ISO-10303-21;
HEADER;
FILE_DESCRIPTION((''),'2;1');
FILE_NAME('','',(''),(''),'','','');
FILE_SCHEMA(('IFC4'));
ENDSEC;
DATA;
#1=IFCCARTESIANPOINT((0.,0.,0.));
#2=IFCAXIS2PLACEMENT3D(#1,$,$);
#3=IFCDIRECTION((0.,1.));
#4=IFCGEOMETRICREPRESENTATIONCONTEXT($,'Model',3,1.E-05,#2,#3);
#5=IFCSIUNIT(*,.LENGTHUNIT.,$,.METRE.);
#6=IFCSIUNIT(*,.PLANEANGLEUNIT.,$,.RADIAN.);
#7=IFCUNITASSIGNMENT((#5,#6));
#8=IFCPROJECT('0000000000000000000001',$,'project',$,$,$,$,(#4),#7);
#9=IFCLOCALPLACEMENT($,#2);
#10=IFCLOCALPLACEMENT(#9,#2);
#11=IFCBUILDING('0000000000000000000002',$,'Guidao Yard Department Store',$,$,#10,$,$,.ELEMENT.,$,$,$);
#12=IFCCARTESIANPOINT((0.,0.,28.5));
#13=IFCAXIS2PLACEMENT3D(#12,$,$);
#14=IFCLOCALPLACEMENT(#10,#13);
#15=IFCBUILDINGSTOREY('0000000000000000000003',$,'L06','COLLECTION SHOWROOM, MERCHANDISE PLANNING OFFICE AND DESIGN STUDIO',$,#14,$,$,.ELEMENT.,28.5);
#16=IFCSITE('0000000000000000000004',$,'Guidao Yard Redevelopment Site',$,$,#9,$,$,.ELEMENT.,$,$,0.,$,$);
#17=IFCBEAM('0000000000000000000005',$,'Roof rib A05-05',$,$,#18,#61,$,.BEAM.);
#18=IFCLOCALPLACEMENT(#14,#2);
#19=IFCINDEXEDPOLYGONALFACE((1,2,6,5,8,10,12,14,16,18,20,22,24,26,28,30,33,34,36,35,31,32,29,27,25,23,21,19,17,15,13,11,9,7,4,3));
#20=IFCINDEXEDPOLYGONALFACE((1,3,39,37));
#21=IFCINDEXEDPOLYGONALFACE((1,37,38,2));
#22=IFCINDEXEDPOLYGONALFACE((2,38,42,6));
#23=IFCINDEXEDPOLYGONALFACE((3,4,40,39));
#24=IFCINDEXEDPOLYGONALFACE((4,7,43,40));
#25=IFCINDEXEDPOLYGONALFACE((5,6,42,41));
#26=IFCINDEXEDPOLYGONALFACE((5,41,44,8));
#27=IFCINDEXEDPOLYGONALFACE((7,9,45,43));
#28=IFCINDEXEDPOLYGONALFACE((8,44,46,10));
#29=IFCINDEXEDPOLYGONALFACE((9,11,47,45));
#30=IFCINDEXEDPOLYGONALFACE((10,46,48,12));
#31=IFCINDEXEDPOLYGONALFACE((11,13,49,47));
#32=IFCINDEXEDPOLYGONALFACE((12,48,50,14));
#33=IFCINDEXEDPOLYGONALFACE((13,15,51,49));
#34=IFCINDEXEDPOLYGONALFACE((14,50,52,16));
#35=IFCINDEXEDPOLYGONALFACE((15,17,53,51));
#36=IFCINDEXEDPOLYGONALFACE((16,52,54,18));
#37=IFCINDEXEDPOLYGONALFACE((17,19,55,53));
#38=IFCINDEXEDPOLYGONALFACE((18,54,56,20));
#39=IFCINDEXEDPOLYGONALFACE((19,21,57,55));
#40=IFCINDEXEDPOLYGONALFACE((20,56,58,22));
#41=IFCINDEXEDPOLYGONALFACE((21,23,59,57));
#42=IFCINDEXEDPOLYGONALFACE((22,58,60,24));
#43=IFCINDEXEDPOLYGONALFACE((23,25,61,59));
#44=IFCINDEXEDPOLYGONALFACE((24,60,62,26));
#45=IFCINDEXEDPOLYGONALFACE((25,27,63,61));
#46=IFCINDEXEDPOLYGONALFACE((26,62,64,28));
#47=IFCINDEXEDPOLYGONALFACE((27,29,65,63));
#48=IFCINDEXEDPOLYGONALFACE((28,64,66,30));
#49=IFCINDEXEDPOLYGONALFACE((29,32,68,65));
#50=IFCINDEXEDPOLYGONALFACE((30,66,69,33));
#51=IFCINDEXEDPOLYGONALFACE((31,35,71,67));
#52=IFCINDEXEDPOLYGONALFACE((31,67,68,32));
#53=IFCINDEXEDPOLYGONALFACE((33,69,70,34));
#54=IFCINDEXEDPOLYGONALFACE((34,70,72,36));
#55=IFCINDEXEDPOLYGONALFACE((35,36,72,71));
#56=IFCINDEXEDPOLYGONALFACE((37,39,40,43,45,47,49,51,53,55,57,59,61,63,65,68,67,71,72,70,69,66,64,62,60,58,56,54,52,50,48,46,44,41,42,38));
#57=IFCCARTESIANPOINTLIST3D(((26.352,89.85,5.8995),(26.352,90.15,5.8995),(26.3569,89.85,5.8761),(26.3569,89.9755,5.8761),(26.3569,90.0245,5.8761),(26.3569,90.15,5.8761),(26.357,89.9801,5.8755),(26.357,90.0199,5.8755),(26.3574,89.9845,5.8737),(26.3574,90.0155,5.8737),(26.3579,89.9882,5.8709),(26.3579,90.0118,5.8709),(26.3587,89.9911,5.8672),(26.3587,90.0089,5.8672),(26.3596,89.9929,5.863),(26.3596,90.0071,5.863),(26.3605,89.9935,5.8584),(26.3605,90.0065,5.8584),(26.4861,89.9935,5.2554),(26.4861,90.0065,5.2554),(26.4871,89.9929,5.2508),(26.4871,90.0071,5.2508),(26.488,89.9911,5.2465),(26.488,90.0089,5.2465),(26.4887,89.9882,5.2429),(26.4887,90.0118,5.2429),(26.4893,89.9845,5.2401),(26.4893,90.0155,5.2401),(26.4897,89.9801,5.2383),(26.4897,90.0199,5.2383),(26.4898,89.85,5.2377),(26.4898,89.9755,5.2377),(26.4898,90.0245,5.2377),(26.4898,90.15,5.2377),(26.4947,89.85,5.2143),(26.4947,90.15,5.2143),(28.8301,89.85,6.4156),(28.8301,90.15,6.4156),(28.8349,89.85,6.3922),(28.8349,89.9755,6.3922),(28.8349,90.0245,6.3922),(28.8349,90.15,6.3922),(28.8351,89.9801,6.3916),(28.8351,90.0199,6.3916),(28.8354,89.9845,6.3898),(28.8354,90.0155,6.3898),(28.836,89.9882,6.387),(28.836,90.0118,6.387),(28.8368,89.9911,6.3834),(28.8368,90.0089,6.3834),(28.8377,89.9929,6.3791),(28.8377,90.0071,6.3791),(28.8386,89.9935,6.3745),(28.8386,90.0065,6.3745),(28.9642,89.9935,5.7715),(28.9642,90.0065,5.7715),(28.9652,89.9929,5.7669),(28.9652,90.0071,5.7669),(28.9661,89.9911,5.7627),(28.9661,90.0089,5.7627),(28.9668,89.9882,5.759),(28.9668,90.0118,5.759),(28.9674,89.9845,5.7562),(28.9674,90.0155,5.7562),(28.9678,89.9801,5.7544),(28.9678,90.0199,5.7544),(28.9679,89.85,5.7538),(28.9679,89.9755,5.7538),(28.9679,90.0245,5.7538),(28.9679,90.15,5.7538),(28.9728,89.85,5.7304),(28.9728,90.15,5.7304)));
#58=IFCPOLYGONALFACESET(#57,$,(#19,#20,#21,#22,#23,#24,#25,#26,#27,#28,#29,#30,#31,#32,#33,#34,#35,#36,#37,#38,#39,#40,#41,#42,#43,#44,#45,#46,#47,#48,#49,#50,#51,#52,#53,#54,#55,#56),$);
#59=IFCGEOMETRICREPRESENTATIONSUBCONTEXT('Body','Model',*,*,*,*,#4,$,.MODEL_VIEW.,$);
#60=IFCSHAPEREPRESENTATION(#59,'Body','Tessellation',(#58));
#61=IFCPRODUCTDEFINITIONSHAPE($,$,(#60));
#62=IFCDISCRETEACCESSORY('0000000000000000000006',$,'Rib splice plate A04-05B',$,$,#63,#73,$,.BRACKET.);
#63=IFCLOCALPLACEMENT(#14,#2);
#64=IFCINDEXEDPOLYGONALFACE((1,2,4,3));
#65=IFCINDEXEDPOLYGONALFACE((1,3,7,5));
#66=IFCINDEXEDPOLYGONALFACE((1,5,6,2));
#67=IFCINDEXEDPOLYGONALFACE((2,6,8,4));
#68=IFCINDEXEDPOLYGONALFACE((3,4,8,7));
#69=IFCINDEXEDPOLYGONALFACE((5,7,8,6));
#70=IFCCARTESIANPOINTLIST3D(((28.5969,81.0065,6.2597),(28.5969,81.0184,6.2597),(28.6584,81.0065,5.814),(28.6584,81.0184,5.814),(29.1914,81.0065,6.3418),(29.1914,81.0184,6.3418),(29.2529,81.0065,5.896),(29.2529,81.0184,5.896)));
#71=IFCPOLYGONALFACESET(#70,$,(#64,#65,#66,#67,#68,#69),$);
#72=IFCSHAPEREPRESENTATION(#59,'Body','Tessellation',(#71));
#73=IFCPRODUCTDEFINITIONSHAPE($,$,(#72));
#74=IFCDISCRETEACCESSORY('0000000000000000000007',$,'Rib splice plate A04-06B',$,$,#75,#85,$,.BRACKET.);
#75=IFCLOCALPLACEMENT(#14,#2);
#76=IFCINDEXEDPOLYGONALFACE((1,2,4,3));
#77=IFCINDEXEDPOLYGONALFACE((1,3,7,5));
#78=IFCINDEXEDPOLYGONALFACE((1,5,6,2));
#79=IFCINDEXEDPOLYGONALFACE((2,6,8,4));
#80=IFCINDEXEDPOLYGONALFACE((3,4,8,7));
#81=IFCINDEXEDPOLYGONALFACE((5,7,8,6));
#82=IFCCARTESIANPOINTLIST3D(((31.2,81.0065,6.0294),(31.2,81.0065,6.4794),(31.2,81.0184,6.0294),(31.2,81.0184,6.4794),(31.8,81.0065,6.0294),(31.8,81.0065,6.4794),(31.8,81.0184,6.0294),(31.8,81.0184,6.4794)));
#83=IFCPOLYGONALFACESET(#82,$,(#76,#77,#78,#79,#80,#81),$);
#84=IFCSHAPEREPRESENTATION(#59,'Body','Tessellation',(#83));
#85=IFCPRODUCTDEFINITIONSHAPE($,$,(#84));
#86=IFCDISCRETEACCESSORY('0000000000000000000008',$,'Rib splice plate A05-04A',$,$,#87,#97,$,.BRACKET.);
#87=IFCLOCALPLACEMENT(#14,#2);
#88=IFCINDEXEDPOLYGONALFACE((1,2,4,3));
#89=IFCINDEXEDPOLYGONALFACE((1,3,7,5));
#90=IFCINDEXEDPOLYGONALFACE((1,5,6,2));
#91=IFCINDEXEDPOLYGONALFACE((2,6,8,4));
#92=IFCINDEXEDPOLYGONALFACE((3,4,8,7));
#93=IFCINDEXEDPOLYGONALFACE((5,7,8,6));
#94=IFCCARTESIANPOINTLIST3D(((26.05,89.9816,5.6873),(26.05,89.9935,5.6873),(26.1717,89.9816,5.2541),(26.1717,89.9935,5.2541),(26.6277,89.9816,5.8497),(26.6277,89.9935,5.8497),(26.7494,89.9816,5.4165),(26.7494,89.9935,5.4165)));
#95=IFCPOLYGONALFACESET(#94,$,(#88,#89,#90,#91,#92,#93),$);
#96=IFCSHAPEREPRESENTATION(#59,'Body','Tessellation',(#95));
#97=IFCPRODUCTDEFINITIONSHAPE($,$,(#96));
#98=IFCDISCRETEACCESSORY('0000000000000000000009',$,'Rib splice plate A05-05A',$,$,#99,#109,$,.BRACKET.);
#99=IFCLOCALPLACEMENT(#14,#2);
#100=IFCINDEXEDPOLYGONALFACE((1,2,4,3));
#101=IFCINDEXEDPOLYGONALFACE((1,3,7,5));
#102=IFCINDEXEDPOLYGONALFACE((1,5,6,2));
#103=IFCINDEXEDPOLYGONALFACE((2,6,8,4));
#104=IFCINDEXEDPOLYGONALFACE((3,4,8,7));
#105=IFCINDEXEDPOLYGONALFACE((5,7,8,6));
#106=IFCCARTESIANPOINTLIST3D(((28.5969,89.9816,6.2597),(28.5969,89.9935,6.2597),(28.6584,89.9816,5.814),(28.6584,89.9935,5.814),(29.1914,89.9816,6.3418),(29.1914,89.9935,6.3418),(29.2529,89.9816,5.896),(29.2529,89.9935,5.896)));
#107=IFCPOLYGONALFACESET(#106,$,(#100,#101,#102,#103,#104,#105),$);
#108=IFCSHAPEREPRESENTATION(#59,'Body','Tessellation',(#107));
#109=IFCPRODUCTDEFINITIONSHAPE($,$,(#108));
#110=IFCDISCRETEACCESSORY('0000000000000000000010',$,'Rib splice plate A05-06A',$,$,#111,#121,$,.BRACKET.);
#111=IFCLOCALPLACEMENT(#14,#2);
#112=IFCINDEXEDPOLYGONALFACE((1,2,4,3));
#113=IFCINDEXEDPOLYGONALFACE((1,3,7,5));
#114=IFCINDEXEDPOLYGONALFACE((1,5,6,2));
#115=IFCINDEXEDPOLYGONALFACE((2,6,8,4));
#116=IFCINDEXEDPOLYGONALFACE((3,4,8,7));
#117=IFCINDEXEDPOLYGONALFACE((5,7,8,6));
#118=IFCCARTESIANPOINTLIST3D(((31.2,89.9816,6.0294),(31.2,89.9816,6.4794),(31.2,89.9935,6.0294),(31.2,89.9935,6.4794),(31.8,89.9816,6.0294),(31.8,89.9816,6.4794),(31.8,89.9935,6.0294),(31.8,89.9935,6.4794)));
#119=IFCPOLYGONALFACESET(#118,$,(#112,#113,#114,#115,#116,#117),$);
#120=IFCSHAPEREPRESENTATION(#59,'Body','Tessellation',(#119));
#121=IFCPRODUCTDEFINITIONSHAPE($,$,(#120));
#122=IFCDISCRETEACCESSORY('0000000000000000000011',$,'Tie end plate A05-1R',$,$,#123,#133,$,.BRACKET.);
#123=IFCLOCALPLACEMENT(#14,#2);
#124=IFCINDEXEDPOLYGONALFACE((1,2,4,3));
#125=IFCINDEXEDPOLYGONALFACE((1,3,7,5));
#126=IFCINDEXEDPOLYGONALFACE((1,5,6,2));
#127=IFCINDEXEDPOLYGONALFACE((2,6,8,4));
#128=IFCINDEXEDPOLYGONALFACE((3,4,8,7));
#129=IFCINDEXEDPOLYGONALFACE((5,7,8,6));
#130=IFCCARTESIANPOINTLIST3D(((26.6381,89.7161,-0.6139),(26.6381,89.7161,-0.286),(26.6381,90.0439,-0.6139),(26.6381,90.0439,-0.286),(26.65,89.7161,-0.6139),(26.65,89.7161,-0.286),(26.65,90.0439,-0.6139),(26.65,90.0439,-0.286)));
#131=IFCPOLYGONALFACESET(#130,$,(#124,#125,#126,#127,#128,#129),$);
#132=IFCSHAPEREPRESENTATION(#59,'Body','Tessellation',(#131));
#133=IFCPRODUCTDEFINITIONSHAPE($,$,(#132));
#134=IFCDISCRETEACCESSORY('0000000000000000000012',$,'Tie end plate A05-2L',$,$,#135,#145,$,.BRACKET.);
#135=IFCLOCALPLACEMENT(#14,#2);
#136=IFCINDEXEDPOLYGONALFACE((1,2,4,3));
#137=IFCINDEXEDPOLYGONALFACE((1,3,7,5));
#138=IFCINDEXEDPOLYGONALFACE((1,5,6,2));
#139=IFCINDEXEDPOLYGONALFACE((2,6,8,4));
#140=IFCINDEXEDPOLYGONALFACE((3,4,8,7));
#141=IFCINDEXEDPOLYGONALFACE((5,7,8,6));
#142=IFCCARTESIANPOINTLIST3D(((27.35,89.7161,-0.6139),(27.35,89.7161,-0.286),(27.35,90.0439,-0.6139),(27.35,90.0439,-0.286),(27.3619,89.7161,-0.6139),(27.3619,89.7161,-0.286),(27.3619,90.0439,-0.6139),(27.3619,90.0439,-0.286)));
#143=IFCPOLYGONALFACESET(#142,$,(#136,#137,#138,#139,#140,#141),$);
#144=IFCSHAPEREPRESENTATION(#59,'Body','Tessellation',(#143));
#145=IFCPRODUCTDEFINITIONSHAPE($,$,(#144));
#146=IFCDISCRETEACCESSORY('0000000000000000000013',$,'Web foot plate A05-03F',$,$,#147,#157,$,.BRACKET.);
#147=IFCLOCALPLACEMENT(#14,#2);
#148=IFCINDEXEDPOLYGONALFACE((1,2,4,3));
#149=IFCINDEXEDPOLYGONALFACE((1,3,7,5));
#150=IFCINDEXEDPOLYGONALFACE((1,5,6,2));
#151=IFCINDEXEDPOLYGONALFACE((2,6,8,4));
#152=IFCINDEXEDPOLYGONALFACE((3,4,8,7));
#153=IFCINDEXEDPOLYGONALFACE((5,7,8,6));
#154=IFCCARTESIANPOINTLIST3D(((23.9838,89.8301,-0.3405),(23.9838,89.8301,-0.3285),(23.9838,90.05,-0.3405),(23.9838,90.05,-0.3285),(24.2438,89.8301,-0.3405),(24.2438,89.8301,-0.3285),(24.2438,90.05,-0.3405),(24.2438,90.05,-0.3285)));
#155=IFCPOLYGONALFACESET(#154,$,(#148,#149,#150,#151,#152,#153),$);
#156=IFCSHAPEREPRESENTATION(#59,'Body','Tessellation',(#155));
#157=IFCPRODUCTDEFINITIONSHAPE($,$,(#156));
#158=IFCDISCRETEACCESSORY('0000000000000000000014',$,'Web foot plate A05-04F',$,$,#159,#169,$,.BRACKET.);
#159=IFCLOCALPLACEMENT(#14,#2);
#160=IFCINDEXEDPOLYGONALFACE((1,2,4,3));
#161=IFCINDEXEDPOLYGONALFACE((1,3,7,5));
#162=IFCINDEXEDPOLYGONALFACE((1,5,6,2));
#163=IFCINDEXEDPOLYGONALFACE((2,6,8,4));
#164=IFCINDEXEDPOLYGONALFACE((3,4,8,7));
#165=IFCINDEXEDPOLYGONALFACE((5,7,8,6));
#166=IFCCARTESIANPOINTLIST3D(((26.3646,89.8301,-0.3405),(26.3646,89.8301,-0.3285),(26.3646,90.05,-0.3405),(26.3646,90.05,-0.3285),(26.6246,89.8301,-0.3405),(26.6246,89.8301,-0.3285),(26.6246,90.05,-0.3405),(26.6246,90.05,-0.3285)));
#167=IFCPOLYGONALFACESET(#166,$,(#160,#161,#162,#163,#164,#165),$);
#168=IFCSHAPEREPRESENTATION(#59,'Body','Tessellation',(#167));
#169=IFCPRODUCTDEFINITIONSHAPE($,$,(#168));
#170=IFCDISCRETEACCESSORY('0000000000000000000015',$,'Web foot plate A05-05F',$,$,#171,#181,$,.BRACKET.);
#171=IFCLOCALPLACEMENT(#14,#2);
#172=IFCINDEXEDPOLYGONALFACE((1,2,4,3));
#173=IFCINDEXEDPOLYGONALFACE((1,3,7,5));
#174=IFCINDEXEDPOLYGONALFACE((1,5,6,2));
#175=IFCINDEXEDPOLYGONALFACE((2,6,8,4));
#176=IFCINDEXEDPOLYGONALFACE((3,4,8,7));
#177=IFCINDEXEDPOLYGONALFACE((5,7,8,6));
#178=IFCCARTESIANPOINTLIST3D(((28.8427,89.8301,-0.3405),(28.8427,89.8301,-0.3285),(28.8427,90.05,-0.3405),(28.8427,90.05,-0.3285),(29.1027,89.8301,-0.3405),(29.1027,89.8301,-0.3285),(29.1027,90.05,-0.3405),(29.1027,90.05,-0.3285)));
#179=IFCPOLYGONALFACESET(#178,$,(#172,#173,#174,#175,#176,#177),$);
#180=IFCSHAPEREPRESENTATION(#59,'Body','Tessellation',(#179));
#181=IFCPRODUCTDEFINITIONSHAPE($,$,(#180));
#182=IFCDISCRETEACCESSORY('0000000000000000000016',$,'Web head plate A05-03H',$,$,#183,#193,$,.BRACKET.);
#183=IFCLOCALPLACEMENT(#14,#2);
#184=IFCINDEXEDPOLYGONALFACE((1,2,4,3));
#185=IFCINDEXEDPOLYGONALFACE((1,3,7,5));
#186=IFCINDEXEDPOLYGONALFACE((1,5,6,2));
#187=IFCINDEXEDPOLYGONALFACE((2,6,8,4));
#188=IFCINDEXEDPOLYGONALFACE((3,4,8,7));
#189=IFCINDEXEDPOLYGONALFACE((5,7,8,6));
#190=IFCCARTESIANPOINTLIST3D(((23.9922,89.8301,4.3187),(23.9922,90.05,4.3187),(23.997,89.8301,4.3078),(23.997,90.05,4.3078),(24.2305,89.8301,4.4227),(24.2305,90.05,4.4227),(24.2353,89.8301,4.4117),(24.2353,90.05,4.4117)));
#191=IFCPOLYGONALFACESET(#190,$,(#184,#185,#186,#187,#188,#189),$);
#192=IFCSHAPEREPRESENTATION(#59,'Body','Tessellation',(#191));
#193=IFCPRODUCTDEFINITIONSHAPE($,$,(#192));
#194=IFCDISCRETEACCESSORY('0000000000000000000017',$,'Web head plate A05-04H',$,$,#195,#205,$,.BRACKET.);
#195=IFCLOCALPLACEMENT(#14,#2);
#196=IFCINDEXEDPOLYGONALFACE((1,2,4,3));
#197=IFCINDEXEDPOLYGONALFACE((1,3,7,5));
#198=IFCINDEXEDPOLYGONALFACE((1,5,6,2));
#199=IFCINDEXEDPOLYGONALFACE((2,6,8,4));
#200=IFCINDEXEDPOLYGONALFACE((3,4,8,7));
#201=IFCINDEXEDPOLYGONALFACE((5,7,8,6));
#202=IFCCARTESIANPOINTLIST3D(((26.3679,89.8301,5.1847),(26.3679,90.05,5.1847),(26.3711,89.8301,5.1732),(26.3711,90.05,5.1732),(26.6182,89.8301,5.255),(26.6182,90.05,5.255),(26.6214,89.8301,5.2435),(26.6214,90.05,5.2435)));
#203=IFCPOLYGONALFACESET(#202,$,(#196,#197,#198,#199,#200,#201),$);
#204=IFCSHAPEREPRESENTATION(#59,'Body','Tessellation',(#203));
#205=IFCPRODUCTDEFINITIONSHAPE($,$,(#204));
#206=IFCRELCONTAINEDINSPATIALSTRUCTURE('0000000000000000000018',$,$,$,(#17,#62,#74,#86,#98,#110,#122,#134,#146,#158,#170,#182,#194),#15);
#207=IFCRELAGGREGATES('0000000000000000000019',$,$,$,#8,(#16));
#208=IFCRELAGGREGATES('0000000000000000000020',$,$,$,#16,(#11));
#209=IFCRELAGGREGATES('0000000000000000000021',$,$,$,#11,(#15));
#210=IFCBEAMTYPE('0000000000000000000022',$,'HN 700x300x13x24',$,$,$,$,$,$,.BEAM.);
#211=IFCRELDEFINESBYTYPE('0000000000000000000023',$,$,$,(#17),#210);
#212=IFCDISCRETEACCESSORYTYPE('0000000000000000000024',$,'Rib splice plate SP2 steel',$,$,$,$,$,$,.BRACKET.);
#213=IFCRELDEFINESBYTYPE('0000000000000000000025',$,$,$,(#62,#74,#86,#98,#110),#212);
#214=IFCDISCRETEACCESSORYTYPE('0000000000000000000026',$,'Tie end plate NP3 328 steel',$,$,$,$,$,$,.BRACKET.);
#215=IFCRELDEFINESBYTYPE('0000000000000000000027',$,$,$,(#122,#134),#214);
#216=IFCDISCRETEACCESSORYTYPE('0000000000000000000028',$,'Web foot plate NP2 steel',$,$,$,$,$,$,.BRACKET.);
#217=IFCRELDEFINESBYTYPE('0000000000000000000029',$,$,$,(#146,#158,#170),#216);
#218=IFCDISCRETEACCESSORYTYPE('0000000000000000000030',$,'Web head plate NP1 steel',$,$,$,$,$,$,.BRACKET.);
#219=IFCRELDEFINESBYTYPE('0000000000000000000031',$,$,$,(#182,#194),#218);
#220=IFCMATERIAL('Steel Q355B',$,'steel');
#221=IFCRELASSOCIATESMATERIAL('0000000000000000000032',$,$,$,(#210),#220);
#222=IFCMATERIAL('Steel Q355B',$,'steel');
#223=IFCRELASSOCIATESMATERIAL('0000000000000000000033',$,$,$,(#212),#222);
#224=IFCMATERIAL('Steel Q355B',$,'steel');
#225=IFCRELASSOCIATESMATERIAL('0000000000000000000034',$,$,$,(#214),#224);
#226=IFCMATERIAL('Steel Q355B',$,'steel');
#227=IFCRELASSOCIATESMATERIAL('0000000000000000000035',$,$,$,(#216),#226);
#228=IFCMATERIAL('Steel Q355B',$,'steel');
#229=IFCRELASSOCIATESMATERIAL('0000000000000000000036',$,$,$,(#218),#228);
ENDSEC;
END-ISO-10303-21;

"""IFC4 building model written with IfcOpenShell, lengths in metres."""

from ifc_helpers import new_model, si_unit, direction, frame, origin, origin_2d, place, context, subcontext, project, spatial, rectangle, i_section, extrude, material, material_profile, profile_set, type_object, element, save


model = new_model("IFC4")

# Units and contexts
model_context = context("Model", 3, precision=1e-05, world=origin(), true_north=direction((0.0, 1.0)))
body_context = subcontext(model_context, "Body", "Model", "MODEL_VIEW")
ifc_project = project(units=[si_unit("LENGTHUNIT", "METRE"), si_unit("PLANEANGLEUNIT", "RADIAN")], contexts=[model_context])

# Site, building, storey
site_placement = place(None, origin())
site = spatial("IfcSite", under=ifc_project, at=site_placement, Name="Guidao Yard Redevelopment Site", CompositionType="ELEMENT", RefElevation=0.0)
building_placement = place(site_placement, origin())
building = spatial("IfcBuilding", under=site, at=building_placement, Name="Guidao Yard Department Store", CompositionType="ELEMENT")
storey_placement = place(building_placement, frame((0.0, 0.0, 28.5)))
storey = spatial("IfcBuildingStorey", under=building, at=storey_placement, Name="L06", Description="COLLECTION SHOWROOM, MERCHANDISE PLANNING OFFICE AND DESIGN STUDIO", CompositionType="ELEMENT", Elevation=28.5)

# Beam
ifc_material_1 = material(Name="Steel Q355B", Category="steel")
ifc_material_profile_1 = material_profile(ifc_material_1, i_section(OverallWidth=0.3, OverallDepth=0.7, WebThickness=0.0129, FlangeThickness=0.0239, FilletRadius=0.0181, at=origin_2d()), Name="HN 700x300x13x24")
ifc_profile_set_1 = profile_set([ifc_material_profile_1], Name="Steel Q355B")
beam_type = type_object("IfcBeamType", Name="HN 700x300x13x24", PredefinedType="BEAM", material=ifc_profile_set_1)
beam_1_placement = place(storey_placement, frame((26.4233, 90.0, 5.5569), z_axis=(0.978992, 0.0, 0.2039), x_axis=(0.0, 1.0, 0.0)))
element("IfcBeam", 1, at=beam_1_placement, inside=storey, type_object=beam_type, Name="Roof rib A05-05", PredefinedType="BEAM", context=body_context, shape_type="SweptSolid", body=[
    extrude(i_section(OverallWidth=0.3, OverallDepth=0.7, WebThickness=0.0129, FlangeThickness=0.0239, FilletRadius=0.0181, at=origin_2d()), origin(), (0.0, 0.0, 1.0), 2.5312),
])

# Discrete accessories
ifc_material_2 = material(Name="Steel Q355B", Category="steel")
ifc_material_profile_2 = material_profile(ifc_material_2, rectangle(XDim=0.012, YDim=0.45, at=origin_2d()), Name="Splice plate 450x12")
ifc_profile_set_2 = profile_set([ifc_material_profile_2], Name="Steel Q355B")
discrete_accessory_type_1 = type_object("IfcDiscreteAccessoryType", Name="Rib splice plate SP2 steel", PredefinedType="BRACKET", material=ifc_profile_set_2)
for number, where, z_axis, x_axis, name in (
    (2, (28.6277, 81.0125, 6.0369), (0.990614, 0.0, 0.136692), (0.0, 1.0, 0.0), "Rib splice plate A04-05B"),
    (3, (31.2, 81.0125, 6.2544), (1.0, 0.0, 0.0), (0.0, 1.0, 0.0), "Rib splice plate A04-06B"),
    (4, (26.1108, 89.9875, 5.4707), (0.962697, 0.0, 0.270581), (0.0, 1.0, 0.0), "Rib splice plate A05-04A"),
    (5, (28.6277, 89.9875, 6.0369), (0.990614, 0.0, 0.136692), (0.0, 1.0, 0.0), "Rib splice plate A05-05A"),
    (6, (31.2, 89.9875, 6.2544), (1.0, 0.0, 0.0), (0.0, 1.0, 0.0), "Rib splice plate A05-06A"),
):
    element("IfcDiscreteAccessory", number, at=place(storey_placement, frame(where, z_axis=z_axis, x_axis=x_axis)), inside=storey, type_object=discrete_accessory_type_1, Name=name, PredefinedType="BRACKET", context=body_context, shape_type="SweptSolid", body=[
        extrude(rectangle(XDim=0.012, YDim=0.45, at=origin_2d()), origin(), (0.0, 0.0, 1.0), 0.6001),
    ])
ifc_material_3 = material(Name="Steel Q355B", Category="steel")
ifc_material_profile_3 = material_profile(ifc_material_3, rectangle(XDim=0.3279, YDim=0.012, at=origin_2d()), Name="Node plate 328x12")
ifc_profile_set_3 = profile_set([ifc_material_profile_3], Name="Steel Q355B")
discrete_accessory_type_2 = type_object("IfcDiscreteAccessoryType", Name="Tie end plate NP3 328 steel", PredefinedType="BRACKET", material=ifc_profile_set_3)
for number, where, z_axis, x_axis, name in (
    (7, (26.644, 89.7161, -0.45), (0.0, 1.0, 0.0), (0.0, 0.0, 1.0), "Tie end plate A05-1R"),
    (8, (27.356, 89.7161, -0.45), (0.0, 1.0, 0.0), (0.0, 0.0, 1.0), "Tie end plate A05-2L"),
):
    element("IfcDiscreteAccessory", number, at=place(storey_placement, frame(where, z_axis=z_axis, x_axis=x_axis)), inside=storey, type_object=discrete_accessory_type_2, Name=name, PredefinedType="BRACKET", context=body_context, shape_type="SweptSolid", body=[
        extrude(rectangle(XDim=0.3279, YDim=0.012, at=origin_2d()), origin(), (0.0, 0.0, 1.0), 0.3279),
    ])
ifc_material_4 = material(Name="Steel Q355B", Category="steel")
ifc_material_profile_4 = material_profile(ifc_material_4, rectangle(XDim=0.26, YDim=0.012, at=origin_2d()), Name="Node plate 260x12")
ifc_profile_set_4 = profile_set([ifc_material_profile_4], Name="Steel Q355B")
discrete_accessory_type_3 = type_object("IfcDiscreteAccessoryType", Name="Web foot plate NP2 steel", PredefinedType="BRACKET", material=ifc_profile_set_4)
for number, where, z_axis, x_axis, name in (
    (9, (24.1138, 89.8301, -0.3345), (0.0, 1.0, 0.0), (-1.0, 0.0, 0.0), "Web foot plate A05-03F"),
    (10, (26.4946, 89.8301, -0.3345), (0.0, 1.0, 0.0), (-1.0, 0.0, 0.0), "Web foot plate A05-04F"),
    (11, (28.9727, 89.8301, -0.3345), (0.0, 1.0, 0.0), (-1.0, 0.0, 0.0), "Web foot plate A05-05F"),
):
    element("IfcDiscreteAccessory", number, at=place(storey_placement, frame(where, z_axis=z_axis, x_axis=x_axis)), inside=storey, type_object=discrete_accessory_type_3, Name=name, PredefinedType="BRACKET", context=body_context, shape_type="SweptSolid", body=[
        extrude(rectangle(XDim=0.26, YDim=0.012, at=origin_2d()), origin(), (0.0, 0.0, 1.0), 0.22),
    ])
ifc_material_5 = material(Name="Steel Q355B", Category="steel")
ifc_material_profile_5 = material_profile(ifc_material_5, rectangle(XDim=0.26, YDim=0.012, at=origin_2d()), Name="Node plate 260x12")
ifc_profile_set_5 = profile_set([ifc_material_profile_5], Name="Steel Q355B")
discrete_accessory_type_4 = type_object("IfcDiscreteAccessoryType", Name="Web head plate NP1 steel", PredefinedType="BRACKET", material=ifc_profile_set_5)
for number, where, z_axis, x_axis, name in (
    (12, (24.1138, 89.8301, 4.3652), (0.0, 1.0, 0.0), (-0.916571, 0.0, -0.399871), "Web head plate A05-03H"),
    (13, (26.4946, 89.8301, 5.2141), (0.0, 1.0, 0.0), (-0.962712, 0.0, -0.270529), "Web head plate A05-04H"),
):
    element("IfcDiscreteAccessory", number, at=place(storey_placement, frame(where, z_axis=z_axis, x_axis=x_axis)), inside=storey, type_object=discrete_accessory_type_4, Name=name, PredefinedType="BRACKET", context=body_context, shape_type="SweptSolid", body=[
        extrude(rectangle(XDim=0.26, YDim=0.012, at=origin_2d()), origin(), (0.0, 0.0, 1.0), 0.22),
    ])

save(model, "model.ifc")
